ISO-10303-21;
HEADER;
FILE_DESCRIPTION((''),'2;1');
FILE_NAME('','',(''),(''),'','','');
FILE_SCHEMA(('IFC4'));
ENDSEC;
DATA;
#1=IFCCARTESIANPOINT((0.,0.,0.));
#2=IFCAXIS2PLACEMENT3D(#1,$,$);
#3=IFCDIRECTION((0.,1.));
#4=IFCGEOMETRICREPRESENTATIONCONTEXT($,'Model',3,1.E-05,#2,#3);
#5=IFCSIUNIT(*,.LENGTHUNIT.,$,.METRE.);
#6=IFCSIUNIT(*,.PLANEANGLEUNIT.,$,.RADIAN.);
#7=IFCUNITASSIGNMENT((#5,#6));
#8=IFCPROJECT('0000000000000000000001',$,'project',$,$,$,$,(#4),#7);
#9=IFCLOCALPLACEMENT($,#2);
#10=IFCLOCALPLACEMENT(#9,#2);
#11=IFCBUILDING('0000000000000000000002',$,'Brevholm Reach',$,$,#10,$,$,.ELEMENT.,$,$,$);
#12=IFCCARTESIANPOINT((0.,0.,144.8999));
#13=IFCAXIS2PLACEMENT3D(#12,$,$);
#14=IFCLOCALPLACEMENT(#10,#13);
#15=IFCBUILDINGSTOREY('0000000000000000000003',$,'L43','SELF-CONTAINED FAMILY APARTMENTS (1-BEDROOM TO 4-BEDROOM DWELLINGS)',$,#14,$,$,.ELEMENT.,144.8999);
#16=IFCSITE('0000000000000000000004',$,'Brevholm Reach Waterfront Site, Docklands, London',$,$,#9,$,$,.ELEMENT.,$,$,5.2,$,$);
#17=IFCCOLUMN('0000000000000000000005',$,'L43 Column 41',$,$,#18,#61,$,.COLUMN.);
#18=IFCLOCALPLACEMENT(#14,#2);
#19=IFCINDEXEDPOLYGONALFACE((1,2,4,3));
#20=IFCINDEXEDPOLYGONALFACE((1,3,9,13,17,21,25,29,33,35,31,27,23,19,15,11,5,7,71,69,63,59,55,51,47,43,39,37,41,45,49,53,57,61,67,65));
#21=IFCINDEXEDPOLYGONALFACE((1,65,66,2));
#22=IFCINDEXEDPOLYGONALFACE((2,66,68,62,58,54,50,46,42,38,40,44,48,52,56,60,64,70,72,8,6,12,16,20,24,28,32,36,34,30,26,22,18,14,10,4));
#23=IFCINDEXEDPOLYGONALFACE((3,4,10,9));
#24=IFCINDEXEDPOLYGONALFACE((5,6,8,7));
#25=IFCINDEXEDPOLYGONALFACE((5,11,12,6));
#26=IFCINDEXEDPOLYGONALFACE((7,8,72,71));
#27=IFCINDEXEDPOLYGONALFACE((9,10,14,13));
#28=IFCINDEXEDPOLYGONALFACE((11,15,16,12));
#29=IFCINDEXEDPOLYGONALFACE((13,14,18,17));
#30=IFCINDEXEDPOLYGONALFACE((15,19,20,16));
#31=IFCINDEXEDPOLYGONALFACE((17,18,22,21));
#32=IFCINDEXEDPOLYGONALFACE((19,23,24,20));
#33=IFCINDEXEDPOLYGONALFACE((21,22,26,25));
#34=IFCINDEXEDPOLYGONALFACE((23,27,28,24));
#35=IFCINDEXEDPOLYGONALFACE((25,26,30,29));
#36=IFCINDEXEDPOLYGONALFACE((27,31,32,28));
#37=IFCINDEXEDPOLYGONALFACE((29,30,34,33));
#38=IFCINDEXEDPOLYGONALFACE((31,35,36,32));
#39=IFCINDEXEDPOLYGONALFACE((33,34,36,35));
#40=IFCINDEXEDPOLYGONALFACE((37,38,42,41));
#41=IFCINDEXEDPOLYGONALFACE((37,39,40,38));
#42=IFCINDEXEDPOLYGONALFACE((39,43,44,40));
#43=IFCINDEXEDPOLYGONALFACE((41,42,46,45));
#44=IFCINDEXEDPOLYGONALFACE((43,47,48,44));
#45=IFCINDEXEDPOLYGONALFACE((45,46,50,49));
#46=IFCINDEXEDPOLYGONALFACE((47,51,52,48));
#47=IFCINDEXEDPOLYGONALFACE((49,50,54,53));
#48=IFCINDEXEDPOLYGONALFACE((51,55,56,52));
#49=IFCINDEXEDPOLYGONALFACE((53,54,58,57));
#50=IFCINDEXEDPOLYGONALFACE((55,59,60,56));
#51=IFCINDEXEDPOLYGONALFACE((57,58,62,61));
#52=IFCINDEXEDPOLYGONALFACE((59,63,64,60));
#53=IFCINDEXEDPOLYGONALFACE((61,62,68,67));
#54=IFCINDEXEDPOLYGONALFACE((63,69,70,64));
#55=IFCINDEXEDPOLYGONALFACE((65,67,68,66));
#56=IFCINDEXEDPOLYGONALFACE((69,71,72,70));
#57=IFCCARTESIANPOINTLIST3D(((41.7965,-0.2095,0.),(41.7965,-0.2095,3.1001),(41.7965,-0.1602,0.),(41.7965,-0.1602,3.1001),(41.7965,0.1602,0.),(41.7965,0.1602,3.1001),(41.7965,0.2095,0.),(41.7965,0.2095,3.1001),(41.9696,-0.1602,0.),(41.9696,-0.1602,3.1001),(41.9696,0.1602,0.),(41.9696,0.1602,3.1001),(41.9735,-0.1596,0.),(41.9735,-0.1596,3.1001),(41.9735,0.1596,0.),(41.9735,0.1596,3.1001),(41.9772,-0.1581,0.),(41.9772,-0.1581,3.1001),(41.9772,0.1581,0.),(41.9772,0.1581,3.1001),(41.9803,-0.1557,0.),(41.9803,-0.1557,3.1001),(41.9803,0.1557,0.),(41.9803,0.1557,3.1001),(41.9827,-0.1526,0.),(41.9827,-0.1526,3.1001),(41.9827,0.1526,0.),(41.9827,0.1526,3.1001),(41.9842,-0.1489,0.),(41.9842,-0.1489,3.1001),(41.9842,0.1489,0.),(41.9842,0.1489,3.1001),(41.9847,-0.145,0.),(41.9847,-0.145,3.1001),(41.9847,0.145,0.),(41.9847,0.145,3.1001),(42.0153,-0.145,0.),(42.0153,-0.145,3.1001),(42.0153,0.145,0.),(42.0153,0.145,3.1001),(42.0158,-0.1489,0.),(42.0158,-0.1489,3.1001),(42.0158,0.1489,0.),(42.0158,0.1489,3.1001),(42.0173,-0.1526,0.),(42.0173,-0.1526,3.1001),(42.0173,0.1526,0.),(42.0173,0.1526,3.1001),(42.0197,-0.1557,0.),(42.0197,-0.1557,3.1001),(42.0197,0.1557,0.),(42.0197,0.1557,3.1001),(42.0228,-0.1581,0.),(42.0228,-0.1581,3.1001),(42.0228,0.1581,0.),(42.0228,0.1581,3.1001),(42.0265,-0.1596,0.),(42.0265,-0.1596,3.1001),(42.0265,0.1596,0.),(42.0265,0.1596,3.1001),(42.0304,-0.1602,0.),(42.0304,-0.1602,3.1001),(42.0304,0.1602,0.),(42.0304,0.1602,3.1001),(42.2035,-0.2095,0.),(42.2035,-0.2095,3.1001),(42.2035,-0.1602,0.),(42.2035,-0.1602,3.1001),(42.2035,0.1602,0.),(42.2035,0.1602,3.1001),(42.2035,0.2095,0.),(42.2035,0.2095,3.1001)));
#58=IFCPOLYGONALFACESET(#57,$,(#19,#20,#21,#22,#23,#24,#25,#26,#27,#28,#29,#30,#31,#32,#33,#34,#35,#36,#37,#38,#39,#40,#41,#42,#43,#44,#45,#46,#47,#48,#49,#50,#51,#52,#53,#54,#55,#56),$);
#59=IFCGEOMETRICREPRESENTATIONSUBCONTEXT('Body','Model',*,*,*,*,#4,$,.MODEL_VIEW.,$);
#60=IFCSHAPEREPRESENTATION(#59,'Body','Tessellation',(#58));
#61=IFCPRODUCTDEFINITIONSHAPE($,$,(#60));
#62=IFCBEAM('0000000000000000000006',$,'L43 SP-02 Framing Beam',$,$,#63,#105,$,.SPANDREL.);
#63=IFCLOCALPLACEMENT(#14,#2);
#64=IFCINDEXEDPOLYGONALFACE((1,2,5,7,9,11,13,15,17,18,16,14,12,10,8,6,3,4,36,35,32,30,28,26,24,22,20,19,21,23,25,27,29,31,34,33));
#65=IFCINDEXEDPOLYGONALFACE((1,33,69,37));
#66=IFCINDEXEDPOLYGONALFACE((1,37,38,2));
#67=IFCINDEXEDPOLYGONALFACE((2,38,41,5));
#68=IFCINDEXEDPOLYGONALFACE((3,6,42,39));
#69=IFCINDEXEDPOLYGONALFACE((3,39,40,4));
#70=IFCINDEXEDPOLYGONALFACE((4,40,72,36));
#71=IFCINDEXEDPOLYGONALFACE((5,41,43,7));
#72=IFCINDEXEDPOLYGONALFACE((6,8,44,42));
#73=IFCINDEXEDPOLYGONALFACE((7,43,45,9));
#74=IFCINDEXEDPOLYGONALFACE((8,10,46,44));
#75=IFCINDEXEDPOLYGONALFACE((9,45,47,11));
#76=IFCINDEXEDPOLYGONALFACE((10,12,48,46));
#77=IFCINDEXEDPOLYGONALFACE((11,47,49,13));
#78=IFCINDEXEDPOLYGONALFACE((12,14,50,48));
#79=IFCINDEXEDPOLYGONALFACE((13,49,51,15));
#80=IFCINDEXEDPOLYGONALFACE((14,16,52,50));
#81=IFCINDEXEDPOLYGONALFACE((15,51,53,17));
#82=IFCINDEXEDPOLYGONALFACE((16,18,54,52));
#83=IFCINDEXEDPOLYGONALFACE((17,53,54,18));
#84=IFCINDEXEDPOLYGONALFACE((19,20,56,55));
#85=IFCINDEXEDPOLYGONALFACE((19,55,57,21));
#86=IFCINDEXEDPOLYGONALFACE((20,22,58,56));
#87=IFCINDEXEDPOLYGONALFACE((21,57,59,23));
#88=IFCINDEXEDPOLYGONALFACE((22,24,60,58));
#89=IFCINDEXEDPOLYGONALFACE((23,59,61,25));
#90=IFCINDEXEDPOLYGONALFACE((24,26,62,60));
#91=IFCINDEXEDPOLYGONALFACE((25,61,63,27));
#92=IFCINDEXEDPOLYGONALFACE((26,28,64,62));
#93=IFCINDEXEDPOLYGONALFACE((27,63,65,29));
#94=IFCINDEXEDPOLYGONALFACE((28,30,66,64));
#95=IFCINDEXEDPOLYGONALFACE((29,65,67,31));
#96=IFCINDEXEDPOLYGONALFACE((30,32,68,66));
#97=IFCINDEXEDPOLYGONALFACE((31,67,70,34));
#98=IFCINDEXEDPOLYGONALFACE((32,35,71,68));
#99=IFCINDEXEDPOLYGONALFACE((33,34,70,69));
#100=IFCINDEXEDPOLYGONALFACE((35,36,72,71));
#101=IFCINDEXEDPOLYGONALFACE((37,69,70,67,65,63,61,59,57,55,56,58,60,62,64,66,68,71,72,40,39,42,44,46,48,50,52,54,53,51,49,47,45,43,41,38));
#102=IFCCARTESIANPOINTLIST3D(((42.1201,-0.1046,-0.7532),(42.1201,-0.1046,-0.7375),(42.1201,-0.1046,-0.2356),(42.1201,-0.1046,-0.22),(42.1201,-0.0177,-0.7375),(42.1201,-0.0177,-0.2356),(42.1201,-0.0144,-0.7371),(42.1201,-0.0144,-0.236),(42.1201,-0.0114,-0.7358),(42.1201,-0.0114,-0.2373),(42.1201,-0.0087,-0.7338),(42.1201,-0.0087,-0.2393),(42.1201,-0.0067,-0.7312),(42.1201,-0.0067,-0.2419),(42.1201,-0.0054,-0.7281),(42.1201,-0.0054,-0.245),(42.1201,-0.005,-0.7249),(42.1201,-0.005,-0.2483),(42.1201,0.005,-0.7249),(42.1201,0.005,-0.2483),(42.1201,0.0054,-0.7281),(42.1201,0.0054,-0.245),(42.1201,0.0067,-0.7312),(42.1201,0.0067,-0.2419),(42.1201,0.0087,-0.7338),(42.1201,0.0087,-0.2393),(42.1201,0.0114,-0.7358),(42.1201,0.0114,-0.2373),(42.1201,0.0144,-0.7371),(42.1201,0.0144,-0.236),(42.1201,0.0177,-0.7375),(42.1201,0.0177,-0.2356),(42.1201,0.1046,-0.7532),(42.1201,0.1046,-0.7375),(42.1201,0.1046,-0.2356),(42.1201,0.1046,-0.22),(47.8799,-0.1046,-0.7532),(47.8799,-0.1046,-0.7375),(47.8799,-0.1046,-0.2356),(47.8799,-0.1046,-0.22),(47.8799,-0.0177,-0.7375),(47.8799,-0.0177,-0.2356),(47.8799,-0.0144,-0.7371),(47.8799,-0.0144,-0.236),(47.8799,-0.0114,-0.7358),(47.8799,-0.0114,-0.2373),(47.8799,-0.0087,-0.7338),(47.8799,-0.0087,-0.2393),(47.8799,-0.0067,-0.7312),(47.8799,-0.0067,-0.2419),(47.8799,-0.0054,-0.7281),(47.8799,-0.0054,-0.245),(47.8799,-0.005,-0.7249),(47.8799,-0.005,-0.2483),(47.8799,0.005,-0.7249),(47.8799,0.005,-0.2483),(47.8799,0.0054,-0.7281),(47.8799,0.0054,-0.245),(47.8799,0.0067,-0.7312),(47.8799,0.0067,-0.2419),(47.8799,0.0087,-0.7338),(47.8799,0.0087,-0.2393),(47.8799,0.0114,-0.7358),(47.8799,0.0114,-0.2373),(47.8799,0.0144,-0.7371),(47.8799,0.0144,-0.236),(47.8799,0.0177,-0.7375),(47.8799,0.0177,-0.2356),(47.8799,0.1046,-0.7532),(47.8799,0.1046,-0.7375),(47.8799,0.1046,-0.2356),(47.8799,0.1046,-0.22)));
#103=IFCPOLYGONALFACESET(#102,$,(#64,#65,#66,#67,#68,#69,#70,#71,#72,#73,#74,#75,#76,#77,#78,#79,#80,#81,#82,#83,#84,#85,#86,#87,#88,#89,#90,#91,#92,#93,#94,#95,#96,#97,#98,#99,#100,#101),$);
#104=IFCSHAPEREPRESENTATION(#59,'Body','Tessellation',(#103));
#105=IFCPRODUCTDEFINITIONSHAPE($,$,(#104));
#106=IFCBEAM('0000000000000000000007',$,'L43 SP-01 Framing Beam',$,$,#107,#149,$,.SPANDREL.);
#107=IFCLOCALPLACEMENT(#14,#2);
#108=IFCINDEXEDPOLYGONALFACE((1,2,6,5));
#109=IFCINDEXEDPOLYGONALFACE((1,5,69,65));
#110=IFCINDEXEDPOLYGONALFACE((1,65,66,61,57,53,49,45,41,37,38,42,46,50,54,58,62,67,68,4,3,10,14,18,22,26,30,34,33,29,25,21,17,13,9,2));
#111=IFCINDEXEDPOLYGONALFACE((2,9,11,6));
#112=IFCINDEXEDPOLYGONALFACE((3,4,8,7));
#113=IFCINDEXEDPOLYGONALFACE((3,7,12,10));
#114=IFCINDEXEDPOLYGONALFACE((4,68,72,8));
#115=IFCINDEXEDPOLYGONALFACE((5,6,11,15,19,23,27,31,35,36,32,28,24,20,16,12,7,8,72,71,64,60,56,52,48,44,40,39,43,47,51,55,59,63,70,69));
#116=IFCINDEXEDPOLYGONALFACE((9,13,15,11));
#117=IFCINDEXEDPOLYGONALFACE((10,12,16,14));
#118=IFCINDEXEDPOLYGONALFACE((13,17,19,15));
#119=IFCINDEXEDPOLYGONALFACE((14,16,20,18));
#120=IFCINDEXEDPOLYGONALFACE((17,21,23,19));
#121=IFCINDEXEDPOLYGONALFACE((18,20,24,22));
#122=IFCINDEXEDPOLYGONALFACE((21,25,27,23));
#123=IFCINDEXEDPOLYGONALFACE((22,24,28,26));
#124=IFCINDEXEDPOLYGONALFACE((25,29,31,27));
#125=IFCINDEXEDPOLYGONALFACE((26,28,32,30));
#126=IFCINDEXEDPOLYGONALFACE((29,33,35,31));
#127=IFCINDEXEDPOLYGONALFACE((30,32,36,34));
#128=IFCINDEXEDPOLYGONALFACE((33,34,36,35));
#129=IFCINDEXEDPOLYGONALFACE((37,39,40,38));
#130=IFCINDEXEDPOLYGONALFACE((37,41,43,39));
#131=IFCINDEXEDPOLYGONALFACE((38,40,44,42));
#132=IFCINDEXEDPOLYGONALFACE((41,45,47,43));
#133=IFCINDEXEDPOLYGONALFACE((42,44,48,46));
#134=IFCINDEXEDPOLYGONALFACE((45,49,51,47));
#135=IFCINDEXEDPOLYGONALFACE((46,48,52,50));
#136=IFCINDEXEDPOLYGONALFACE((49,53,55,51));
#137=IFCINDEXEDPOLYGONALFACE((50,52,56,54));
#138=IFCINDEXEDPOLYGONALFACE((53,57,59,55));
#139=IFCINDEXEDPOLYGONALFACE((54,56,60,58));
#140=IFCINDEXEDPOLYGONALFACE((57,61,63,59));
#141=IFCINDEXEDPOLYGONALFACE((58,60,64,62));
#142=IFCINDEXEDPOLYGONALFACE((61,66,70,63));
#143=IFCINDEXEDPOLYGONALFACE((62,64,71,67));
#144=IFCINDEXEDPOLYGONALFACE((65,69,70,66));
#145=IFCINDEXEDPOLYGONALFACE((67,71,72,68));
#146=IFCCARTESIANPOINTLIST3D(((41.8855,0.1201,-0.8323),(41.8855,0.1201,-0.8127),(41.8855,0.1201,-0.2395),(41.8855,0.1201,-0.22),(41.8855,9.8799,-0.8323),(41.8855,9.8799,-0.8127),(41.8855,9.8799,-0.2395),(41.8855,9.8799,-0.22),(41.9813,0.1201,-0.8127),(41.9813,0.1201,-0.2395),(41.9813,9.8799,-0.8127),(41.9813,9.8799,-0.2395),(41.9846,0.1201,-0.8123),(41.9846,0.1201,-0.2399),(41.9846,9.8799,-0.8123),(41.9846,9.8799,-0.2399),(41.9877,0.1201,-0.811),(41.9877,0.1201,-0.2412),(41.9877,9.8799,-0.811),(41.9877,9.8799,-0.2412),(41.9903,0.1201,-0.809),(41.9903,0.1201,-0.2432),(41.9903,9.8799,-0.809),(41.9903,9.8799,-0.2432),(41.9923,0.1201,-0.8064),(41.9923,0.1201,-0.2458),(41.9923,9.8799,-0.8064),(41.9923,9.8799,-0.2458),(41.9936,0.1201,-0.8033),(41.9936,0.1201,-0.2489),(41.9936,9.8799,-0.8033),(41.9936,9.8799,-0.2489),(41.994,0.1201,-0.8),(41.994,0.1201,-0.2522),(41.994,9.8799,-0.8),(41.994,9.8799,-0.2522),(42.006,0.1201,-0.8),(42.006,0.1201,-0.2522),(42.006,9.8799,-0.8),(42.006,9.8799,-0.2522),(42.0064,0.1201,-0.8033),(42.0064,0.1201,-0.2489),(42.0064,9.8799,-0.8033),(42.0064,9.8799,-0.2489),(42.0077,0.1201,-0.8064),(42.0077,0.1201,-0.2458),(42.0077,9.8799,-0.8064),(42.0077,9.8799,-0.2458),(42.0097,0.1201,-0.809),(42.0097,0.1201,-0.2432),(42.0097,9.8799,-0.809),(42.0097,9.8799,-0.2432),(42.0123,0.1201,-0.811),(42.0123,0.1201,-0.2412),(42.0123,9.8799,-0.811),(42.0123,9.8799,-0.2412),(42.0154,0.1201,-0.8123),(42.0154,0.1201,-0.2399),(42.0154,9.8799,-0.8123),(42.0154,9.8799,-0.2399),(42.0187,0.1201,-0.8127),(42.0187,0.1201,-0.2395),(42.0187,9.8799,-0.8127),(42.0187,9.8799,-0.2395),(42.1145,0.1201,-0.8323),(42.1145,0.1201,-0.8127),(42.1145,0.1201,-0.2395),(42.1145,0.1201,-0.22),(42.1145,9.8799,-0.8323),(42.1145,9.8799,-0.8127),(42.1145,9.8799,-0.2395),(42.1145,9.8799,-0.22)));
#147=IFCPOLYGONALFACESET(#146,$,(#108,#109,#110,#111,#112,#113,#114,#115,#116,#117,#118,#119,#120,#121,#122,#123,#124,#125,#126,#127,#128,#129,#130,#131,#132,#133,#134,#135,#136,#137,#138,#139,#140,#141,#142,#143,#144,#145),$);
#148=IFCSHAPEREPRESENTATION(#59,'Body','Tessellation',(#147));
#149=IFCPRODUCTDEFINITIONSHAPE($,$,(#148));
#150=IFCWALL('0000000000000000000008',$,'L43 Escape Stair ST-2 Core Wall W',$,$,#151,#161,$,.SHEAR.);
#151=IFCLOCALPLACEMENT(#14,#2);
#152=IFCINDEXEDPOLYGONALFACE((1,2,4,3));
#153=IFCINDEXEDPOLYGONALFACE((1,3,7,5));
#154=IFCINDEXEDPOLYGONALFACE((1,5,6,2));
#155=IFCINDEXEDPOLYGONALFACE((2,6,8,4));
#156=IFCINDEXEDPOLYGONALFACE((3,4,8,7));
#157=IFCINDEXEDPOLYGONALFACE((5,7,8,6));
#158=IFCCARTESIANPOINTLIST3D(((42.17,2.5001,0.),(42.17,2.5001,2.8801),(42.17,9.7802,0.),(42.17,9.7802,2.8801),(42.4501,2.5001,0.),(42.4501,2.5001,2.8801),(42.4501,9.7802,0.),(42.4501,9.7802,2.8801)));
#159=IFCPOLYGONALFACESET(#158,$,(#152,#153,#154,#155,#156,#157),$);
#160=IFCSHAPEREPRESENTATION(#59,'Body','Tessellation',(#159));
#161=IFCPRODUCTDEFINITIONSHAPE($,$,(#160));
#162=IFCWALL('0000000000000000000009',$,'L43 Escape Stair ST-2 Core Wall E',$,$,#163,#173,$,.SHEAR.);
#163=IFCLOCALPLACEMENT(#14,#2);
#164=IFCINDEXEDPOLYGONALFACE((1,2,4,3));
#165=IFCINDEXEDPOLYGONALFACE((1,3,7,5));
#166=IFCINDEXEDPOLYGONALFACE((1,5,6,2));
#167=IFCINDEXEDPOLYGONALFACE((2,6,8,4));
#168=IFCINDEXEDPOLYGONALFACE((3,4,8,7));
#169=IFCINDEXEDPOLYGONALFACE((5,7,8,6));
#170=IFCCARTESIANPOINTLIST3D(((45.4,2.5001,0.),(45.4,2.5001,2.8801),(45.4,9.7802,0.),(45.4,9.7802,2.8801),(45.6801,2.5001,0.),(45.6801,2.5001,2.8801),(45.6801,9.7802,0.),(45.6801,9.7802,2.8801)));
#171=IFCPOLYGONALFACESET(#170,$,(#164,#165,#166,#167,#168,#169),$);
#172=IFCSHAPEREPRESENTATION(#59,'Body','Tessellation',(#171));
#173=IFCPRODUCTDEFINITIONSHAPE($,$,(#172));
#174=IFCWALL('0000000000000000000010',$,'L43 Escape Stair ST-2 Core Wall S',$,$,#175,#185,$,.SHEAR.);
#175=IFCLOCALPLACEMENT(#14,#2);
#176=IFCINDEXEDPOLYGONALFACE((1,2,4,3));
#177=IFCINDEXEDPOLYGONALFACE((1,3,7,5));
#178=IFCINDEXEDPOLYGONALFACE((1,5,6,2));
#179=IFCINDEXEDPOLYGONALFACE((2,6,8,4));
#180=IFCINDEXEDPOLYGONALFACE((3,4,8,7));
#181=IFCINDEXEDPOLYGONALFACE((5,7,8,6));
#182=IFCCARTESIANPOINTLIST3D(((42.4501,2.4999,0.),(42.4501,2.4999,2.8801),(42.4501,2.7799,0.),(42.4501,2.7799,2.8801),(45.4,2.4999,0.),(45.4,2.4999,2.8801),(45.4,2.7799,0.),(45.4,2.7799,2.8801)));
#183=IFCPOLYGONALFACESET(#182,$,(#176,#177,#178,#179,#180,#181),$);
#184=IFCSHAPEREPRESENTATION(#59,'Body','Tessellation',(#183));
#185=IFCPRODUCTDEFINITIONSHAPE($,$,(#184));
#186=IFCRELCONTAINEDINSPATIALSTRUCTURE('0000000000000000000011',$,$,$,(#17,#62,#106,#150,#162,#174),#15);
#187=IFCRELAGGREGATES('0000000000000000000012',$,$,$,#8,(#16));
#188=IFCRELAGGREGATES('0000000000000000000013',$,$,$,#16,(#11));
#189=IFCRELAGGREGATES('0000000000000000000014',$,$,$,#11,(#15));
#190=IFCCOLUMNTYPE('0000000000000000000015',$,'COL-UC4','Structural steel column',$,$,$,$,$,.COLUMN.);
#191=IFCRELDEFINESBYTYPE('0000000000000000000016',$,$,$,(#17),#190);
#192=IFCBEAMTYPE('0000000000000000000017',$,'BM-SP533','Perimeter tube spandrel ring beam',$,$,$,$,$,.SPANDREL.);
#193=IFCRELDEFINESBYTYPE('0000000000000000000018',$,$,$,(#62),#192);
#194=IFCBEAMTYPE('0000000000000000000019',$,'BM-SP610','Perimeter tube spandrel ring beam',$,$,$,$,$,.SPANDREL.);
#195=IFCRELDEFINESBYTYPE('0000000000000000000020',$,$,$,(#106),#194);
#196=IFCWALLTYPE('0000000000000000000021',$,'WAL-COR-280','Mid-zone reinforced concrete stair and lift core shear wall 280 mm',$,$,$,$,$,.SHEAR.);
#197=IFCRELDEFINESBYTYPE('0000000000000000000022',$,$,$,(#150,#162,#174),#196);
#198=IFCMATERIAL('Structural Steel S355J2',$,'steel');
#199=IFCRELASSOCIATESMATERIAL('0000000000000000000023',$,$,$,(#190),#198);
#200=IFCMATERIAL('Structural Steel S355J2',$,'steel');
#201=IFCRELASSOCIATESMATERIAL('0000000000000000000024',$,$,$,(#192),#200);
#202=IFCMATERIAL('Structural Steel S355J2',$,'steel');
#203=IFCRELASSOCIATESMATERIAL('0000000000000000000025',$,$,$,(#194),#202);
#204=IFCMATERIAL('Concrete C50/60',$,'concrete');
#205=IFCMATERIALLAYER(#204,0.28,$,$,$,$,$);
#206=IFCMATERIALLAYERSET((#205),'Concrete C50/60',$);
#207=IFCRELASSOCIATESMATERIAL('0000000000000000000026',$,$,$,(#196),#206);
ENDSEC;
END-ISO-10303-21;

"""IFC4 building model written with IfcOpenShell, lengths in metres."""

from ifc_helpers import new_model, si_unit, direction, frame, frame_2d, origin, origin_2d, place, context, subcontext, project, spatial, rectangle, i_section, extrude, material, layer, layer_set, material_profile, profile_set, type_object, element, save


model = new_model("IFC4")

# Units and contexts
model_context = context("Model", 3, precision=1e-05, world=origin(), true_north=direction((0.0, 1.0)))
body_context = subcontext(model_context, "Body", "Model", "MODEL_VIEW")
ifc_project = project(units=[si_unit("LENGTHUNIT", "METRE"), si_unit("PLANEANGLEUNIT", "RADIAN")], contexts=[model_context])

# Site, building, storey
site_placement = place(None, origin())
site = spatial("IfcSite", under=ifc_project, at=site_placement, Name="Brevholm Reach Waterfront Site, Docklands, London", CompositionType="ELEMENT", RefElevation=5.2)
building_placement = place(site_placement, origin())
building = spatial("IfcBuilding", under=site, at=building_placement, Name="Brevholm Reach", CompositionType="ELEMENT")
storey_placement = place(building_placement, frame((0.0, 0.0, 144.8999)))
storey = spatial("IfcBuildingStorey", under=building, at=storey_placement, Name="L43", Description="SELF-CONTAINED FAMILY APARTMENTS (1-BEDROOM TO 4-BEDROOM DWELLINGS)", CompositionType="ELEMENT", Elevation=144.8999)

# Column
ifc_material_1 = material(Name="Structural Steel S355J2", Category="steel")
ifc_material_profile_1 = material_profile(ifc_material_1, i_section(OverallWidth=0.407, OverallDepth=0.4189, WebThickness=0.0305, FlangeThickness=0.0493, FilletRadius=0.0151, at=origin_2d()), Name="UKC 356x406x393")
ifc_profile_set_1 = profile_set([ifc_material_profile_1], Name="Structural Steel S355J2")
column_type = type_object("IfcColumnType", Name="COL-UC4", Description="Structural steel column", PredefinedType="COLUMN", material=ifc_profile_set_1)
column_placement = place(storey_placement, frame((42.0, 0.0, 0.0), z_axis=(0.0, 0.0, 1.0), x_axis=(1.0, 0.0, 0.0)))
element("IfcColumn", 1, at=column_placement, inside=storey, type_object=column_type, Name="L43 Column 41", PredefinedType="COLUMN", context=body_context, shape_type="SweptSolid", body=[
    extrude(i_section(OverallWidth=0.407, OverallDepth=0.4189, WebThickness=0.0305, FlangeThickness=0.0493, FilletRadius=0.0151, at=origin_2d()), origin(), (0.0, 0.0, 1.0), 3.1001),
])

# Beams
ifc_material_2 = material(Name="Structural Steel S355J2", Category="steel")
ifc_material_profile_2 = material_profile(ifc_material_2, i_section(OverallWidth=0.2092, OverallDepth=0.5332, WebThickness=0.01, FlangeThickness=0.0156, FilletRadius=0.0127, at=origin_2d()), Name="UKB 533x210x92")
ifc_profile_set_2 = profile_set([ifc_material_profile_2], Name="Structural Steel S355J2")
beam_type_1 = type_object("IfcBeamType", Name="BM-SP533", Description="Perimeter tube spandrel ring beam", PredefinedType="SPANDREL", material=ifc_profile_set_2)
beam_1_placement = place(storey_placement, frame((42.1201, 0.0, -0.4866), z_axis=(1.0, 0.0, 0.0), x_axis=(0.0, 1.0, 0.0)))
element("IfcBeam", 2, at=beam_1_placement, inside=storey, type_object=beam_type_1, Name="L43 SP-02 Framing Beam", PredefinedType="SPANDREL", context=body_context, shape_type="SweptSolid", body=[
    extrude(i_section(OverallWidth=0.2092, OverallDepth=0.5332, WebThickness=0.01, FlangeThickness=0.0156, FilletRadius=0.0127, at=origin_2d()), origin(), (0.0, 0.0, 1.0), 5.7598),
])
ifc_material_3 = material(Name="Structural Steel S355J2", Category="steel")
ifc_material_profile_3 = material_profile(ifc_material_3, i_section(OverallWidth=0.229, OverallDepth=0.6123, WebThickness=0.012, FlangeThickness=0.0195, FilletRadius=0.0127, at=origin_2d()), Name="UKB 610x229x125")
ifc_profile_set_3 = profile_set([ifc_material_profile_3], Name="Structural Steel S355J2")
beam_type_2 = type_object("IfcBeamType", Name="BM-SP610", Description="Perimeter tube spandrel ring beam", PredefinedType="SPANDREL", material=ifc_profile_set_3)
beam_2_placement = place(storey_placement, frame((42.0, 0.1201, -0.5261), z_axis=(0.0, 1.0, 0.0), x_axis=(-1.0, 0.0, 0.0)))
element("IfcBeam", 3, at=beam_2_placement, inside=storey, type_object=beam_type_2, Name="L43 SP-01 Framing Beam", PredefinedType="SPANDREL", context=body_context, shape_type="SweptSolid", body=[
    extrude(i_section(OverallWidth=0.229, OverallDepth=0.6123, WebThickness=0.012, FlangeThickness=0.0195, FilletRadius=0.0127, at=origin_2d()), origin(), (0.0, 0.0, 1.0), 9.7598),
])

# Walls
ifc_material_4 = material(Name="Concrete C50/60", Category="concrete")
ifc_layer_1 = layer(ifc_material_4, 0.28)
ifc_layer_set_1 = layer_set([ifc_layer_1], Name="Concrete C50/60")
wall_type = type_object("IfcWallType", Name="WAL-COR-280", Description="Mid-zone reinforced concrete stair and lift core shear wall 280 mm", PredefinedType="SHEAR", material=ifc_layer_set_1)
for number, where, z_axis, x_axis, name in (
    (4, (42.3101, 2.5, 0.0), (0.0, 0.0, 1.0), (0.0, 1.0, 0.0), "L43 Escape Stair ST-2 Core Wall W"),
    (5, (45.54, 2.5, 0.0), (0.0, 0.0, 1.0), (0.0, 1.0, 0.0), "L43 Escape Stair ST-2 Core Wall E"),
):
    element("IfcWall", number, at=place(storey_placement, frame(where, z_axis=z_axis, x_axis=x_axis)), inside=storey, type_object=wall_type, Name=name, PredefinedType="SHEAR", context=body_context, shape_type="SweptSolid", body=[
        extrude(rectangle(XDim=7.28, YDim=0.28, at=frame_2d((3.6401, 0.0))), origin(), (0.0, 0.0, 1.0), 2.8801),
    ])
wall_1_placement = place(storey_placement, frame((42.45, 2.6399, 0.0), z_axis=(0.0, 0.0, 1.0), x_axis=(1.0, 0.0, 0.0)))
element("IfcWall", 6, at=wall_1_placement, inside=storey, type_object=wall_type, Name="L43 Escape Stair ST-2 Core Wall S", PredefinedType="SHEAR", context=body_context, shape_type="SweptSolid", body=[
    extrude(rectangle(XDim=2.95, YDim=0.28, at=frame_2d((1.4751, 0.0))), origin(), (0.0, 0.0, 1.0), 2.8801),
])

save(model, "model.ifc")
